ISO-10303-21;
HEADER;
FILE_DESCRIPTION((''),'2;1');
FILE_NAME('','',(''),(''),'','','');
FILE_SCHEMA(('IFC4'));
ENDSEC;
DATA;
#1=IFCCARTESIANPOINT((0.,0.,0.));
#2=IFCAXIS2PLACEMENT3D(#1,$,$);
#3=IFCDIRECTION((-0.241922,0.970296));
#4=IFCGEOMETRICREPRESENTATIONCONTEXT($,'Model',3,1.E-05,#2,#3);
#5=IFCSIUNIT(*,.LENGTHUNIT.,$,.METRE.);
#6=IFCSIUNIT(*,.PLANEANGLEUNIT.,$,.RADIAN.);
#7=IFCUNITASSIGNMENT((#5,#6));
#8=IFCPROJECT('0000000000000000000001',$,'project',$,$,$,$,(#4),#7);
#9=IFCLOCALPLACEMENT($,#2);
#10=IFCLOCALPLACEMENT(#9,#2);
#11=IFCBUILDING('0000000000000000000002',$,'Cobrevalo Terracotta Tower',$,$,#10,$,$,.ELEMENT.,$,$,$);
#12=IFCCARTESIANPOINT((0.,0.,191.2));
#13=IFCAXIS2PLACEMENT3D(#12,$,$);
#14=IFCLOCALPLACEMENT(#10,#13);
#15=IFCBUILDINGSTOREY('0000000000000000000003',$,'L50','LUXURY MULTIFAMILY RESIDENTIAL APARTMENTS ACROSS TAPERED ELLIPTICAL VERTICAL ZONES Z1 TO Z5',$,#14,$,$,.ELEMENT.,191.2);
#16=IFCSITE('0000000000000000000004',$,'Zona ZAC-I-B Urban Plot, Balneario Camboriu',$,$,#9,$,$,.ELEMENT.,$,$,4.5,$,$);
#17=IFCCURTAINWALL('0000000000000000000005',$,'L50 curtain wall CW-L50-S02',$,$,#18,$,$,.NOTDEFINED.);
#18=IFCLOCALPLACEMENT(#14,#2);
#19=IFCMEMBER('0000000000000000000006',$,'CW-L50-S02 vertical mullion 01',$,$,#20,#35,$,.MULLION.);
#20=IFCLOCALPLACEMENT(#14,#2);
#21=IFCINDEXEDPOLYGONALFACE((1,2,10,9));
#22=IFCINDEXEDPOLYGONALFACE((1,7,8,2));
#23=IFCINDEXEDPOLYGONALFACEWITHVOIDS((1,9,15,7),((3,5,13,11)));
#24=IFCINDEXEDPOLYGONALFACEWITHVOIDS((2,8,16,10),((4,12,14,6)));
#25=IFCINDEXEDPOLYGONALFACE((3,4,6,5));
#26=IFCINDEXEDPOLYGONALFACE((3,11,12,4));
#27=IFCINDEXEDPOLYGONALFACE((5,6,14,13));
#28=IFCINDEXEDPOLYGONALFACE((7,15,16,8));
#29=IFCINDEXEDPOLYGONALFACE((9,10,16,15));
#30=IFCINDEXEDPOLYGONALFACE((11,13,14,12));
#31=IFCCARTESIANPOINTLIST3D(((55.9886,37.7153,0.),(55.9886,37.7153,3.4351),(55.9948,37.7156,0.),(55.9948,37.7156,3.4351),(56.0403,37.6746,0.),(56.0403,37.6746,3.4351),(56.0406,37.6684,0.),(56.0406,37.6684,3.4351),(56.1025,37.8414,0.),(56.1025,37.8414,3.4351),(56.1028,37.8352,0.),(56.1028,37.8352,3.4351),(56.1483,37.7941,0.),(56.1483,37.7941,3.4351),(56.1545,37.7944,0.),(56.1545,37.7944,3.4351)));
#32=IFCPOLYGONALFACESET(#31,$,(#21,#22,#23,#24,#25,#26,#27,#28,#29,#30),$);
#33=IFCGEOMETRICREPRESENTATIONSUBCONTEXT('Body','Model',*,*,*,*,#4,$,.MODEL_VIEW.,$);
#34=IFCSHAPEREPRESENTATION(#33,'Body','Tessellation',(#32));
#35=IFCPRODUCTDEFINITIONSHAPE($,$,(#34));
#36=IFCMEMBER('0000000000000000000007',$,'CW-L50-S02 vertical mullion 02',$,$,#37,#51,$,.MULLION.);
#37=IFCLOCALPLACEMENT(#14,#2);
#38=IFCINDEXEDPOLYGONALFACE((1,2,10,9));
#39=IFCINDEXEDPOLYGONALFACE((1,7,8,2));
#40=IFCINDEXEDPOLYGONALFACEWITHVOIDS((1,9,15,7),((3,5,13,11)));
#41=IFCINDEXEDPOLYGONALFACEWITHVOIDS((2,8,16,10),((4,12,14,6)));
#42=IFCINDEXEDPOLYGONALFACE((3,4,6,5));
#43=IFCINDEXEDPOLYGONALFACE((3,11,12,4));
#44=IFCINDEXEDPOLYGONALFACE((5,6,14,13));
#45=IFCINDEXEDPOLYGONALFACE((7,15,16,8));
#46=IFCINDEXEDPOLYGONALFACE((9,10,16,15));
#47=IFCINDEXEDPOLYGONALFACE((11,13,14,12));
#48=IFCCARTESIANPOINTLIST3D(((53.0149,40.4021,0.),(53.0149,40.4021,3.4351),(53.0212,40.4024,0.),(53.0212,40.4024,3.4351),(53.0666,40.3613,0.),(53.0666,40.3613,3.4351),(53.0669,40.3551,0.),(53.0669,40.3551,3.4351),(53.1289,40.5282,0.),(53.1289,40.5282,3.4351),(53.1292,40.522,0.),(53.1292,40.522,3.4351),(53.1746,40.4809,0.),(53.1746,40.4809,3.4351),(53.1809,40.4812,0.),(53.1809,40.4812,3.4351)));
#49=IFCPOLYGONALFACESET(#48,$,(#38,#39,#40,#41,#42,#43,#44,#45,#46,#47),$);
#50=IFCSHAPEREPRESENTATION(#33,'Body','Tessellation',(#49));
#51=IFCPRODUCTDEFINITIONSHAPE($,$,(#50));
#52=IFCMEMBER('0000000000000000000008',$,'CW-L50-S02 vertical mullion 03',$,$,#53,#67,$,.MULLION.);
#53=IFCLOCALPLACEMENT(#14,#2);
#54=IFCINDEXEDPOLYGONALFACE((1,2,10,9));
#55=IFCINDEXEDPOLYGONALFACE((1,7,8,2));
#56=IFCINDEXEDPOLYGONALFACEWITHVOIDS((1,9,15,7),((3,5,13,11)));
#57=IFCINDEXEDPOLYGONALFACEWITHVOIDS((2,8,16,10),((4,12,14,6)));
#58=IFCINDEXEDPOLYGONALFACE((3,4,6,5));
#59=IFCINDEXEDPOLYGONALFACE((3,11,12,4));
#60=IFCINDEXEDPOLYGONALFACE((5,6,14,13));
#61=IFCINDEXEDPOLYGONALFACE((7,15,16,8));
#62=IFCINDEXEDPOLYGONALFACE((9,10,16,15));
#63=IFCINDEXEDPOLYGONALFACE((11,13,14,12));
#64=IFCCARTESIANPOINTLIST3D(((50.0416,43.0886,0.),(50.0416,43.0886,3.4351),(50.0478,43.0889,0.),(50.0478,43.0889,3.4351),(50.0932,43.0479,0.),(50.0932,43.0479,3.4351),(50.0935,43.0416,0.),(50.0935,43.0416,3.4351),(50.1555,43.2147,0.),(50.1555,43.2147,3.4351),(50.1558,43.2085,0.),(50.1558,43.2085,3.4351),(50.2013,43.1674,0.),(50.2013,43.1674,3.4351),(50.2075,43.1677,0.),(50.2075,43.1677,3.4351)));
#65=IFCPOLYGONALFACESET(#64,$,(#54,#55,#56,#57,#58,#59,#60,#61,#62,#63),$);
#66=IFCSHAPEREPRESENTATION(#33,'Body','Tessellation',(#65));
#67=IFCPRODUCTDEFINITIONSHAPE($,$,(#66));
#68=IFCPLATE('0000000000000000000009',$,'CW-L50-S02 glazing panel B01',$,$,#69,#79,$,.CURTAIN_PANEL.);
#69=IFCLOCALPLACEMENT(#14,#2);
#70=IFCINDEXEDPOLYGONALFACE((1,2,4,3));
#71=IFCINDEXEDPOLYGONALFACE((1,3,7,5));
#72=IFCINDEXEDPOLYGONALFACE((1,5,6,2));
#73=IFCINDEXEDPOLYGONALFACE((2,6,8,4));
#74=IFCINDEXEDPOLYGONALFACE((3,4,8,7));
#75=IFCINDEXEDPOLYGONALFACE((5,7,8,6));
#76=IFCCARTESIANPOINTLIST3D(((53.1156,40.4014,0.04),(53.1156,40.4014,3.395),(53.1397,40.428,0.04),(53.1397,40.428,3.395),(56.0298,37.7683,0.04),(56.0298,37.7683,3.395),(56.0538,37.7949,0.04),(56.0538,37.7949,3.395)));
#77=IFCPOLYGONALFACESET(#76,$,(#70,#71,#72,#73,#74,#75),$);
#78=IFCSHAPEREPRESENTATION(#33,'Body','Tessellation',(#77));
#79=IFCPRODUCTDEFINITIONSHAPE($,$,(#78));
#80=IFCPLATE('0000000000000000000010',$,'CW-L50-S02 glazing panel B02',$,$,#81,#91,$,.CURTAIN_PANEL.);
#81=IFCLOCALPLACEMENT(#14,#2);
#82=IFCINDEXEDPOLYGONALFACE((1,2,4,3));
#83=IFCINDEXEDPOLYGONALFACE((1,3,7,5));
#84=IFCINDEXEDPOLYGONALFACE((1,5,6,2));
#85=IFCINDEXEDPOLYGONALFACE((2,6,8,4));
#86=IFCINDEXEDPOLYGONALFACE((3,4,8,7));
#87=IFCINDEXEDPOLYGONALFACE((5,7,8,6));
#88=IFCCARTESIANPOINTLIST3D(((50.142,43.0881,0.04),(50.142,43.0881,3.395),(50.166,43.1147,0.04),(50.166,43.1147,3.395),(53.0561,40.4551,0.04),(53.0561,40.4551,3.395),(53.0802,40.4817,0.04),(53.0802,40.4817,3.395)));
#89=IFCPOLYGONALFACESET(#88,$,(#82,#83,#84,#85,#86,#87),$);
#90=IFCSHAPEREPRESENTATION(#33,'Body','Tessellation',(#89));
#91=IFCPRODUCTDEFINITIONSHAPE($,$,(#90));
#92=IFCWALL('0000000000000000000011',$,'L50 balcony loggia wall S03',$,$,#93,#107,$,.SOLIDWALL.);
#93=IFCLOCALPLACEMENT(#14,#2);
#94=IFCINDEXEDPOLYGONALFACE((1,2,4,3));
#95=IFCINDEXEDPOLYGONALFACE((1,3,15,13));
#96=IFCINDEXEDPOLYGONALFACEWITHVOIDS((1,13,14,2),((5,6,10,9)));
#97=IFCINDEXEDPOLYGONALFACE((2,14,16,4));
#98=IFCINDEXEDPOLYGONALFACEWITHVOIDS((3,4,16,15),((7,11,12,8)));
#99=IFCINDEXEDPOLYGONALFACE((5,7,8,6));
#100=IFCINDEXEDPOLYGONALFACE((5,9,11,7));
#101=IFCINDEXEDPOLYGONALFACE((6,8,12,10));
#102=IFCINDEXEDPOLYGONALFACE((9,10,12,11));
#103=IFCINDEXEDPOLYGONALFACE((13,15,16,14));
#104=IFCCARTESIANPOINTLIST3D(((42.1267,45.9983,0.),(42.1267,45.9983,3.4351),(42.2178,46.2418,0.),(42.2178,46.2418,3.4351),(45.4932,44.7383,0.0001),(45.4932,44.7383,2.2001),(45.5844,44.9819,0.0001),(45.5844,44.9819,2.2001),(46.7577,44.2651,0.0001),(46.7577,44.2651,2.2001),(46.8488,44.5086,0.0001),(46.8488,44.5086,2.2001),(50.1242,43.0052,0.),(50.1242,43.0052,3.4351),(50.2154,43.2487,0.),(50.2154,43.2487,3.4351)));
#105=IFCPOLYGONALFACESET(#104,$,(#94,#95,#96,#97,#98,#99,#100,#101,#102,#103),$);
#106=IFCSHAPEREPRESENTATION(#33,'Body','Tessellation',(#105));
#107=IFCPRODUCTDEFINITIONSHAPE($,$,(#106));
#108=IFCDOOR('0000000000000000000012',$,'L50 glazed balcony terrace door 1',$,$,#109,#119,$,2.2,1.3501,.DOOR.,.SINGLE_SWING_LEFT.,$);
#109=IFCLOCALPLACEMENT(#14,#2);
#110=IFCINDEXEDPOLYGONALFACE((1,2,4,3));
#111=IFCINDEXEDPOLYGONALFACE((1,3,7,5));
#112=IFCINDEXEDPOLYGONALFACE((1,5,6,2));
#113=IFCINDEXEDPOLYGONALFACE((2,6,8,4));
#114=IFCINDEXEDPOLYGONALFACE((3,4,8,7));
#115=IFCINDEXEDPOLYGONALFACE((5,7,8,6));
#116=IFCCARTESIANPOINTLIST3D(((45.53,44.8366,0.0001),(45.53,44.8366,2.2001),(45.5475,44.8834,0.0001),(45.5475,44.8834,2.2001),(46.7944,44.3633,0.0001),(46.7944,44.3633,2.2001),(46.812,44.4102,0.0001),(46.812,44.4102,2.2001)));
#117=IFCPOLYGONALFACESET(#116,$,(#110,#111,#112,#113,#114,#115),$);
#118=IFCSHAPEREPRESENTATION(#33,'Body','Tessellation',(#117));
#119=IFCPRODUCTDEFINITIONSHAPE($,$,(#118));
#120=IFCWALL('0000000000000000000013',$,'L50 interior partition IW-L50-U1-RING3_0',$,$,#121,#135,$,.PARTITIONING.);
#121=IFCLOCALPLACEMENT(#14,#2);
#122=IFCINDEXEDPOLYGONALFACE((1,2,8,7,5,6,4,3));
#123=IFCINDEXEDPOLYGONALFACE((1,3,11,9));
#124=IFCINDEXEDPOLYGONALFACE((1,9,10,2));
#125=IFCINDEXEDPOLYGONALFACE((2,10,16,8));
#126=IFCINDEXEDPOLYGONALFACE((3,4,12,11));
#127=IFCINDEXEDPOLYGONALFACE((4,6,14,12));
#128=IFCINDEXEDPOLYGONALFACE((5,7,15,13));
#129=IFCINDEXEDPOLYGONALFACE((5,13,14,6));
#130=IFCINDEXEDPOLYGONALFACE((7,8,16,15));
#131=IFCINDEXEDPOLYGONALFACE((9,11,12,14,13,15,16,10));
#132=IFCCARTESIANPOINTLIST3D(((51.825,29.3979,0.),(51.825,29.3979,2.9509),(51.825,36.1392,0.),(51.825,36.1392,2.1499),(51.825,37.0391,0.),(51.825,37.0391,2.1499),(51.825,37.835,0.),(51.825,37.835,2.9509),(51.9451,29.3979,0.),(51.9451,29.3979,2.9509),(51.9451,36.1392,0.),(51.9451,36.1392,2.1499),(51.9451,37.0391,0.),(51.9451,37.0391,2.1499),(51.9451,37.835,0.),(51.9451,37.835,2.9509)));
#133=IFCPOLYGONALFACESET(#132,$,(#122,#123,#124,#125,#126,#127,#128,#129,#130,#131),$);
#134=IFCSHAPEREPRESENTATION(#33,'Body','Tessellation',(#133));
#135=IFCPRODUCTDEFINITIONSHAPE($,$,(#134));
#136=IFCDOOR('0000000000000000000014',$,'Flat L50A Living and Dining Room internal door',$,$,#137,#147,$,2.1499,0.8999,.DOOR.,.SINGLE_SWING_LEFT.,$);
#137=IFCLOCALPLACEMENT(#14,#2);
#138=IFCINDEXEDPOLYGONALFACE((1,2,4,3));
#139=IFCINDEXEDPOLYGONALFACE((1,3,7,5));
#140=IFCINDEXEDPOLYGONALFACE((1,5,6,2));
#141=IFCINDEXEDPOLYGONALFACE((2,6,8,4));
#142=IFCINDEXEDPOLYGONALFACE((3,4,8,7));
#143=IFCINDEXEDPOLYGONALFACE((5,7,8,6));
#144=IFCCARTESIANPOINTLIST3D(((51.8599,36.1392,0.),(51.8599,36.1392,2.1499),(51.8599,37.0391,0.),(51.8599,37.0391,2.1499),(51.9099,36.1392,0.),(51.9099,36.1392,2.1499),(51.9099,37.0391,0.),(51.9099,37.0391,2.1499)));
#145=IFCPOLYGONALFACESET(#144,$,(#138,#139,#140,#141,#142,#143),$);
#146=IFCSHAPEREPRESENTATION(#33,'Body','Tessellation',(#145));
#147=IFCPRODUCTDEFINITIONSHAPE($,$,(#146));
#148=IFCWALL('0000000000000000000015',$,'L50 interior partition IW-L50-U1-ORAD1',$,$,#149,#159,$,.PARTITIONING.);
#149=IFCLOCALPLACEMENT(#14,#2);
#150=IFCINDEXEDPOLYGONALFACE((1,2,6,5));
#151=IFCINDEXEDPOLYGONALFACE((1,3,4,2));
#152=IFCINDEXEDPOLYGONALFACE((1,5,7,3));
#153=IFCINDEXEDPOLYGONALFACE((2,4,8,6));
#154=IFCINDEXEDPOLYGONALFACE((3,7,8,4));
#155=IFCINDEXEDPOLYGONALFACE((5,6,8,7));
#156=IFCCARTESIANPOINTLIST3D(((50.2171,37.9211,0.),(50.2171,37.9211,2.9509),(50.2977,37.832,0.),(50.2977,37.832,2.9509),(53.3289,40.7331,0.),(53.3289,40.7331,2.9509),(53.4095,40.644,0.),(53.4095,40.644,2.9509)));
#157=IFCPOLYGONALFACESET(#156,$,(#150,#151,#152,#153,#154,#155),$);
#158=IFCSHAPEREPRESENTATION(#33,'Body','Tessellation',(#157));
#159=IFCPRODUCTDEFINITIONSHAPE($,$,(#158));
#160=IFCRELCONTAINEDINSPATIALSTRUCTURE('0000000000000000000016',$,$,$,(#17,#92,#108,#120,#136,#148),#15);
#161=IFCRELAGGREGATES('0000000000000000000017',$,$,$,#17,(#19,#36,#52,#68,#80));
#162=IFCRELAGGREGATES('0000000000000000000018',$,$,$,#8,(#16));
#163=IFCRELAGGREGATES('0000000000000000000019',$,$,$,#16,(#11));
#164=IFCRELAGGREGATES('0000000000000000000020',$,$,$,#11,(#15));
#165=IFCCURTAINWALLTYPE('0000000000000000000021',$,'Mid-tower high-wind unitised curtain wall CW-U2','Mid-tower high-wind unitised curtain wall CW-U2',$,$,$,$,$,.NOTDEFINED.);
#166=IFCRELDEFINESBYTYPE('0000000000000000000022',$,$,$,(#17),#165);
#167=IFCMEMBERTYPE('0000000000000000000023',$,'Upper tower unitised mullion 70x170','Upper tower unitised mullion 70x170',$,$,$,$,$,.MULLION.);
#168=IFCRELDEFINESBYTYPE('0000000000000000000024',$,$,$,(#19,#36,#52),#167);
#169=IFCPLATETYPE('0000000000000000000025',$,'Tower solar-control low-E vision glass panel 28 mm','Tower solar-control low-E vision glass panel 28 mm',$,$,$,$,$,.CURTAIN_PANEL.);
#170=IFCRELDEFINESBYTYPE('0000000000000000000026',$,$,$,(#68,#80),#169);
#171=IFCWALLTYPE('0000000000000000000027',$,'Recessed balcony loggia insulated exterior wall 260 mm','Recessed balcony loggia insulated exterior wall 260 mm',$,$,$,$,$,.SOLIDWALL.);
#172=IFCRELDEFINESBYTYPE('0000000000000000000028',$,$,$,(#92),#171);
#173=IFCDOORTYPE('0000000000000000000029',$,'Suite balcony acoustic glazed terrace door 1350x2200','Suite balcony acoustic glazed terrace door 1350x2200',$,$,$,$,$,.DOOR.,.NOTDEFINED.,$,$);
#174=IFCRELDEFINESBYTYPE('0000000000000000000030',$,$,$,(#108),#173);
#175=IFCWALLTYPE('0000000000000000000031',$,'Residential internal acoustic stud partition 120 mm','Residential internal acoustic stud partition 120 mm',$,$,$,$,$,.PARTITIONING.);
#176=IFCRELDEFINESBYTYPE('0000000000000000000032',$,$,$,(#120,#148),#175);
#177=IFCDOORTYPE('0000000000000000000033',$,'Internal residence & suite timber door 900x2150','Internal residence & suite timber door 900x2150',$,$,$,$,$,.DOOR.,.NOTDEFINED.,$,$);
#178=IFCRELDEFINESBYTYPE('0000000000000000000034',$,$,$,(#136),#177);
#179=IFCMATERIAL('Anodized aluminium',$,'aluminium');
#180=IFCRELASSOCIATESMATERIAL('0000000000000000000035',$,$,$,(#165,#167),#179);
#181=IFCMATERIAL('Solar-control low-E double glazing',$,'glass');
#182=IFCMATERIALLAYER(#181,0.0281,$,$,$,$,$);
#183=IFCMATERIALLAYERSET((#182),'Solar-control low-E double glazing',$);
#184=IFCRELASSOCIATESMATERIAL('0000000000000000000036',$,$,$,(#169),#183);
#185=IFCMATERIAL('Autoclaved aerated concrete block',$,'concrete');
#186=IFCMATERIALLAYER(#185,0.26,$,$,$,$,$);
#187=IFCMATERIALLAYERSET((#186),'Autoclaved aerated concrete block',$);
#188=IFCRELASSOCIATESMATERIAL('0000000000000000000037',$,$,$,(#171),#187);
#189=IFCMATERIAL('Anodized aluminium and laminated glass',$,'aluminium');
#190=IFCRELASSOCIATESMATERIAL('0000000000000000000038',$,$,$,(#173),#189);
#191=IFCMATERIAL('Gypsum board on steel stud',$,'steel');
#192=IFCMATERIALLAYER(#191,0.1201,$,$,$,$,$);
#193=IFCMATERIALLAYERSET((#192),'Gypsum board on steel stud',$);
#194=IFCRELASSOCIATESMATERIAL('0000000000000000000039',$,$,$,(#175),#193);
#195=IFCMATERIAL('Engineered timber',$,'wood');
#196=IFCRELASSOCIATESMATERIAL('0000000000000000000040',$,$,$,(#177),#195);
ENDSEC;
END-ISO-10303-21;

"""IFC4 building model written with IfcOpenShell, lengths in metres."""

from ifc_helpers import new_model, si_unit, direction, frame, frame_2d, origin, origin_2d, place, context, subcontext, project, spatial, rectangle, hollow_rectangle, extrude, source, transform, mapped, material, layer, layer_set, material_profile, profile_set, type_object, element, fill, aggregate, save


model = new_model("IFC4")

# Units and contexts
model_context = context("Model", 3, precision=1e-05, world=origin(), true_north=direction((-0.241922, 0.970296)))
body_context = subcontext(model_context, "Body", "Model", "MODEL_VIEW")
ifc_project = project(units=[si_unit("LENGTHUNIT", "METRE"), si_unit("PLANEANGLEUNIT", "RADIAN")], contexts=[model_context])

# Site, building, storey
site_placement = place(None, origin())
site = spatial("IfcSite", under=ifc_project, at=site_placement, Name="Zona ZAC-I-B Urban Plot, Balneario Camboriu", CompositionType="ELEMENT", RefElevation=4.5)
building_placement = place(site_placement, origin())
building = spatial("IfcBuilding", under=site, at=building_placement, Name="Cobrevalo Terracotta Tower", CompositionType="ELEMENT")
storey_placement = place(building_placement, frame((0.0, 0.0, 191.2)))
storey = spatial("IfcBuildingStorey", under=building, at=storey_placement, Name="L50", Description="LUXURY MULTIFAMILY RESIDENTIAL APARTMENTS ACROSS TAPERED ELLIPTICAL VERTICAL ZONES Z1 TO Z5", CompositionType="ELEMENT", Elevation=191.2)

# Curtain wall, members, plates
ifc_material_1 = material(Name="Anodized aluminium", Category="aluminium")
curtain_wall_type = type_object("IfcCurtainWallType", Name="Mid-tower high-wind unitised curtain wall CW-U2", Description="Mid-tower high-wind unitised curtain wall CW-U2", PredefinedType="NOTDEFINED", material=ifc_material_1)
curtain_wall_placement = place(storey_placement, origin())
curtain_wall = element("IfcCurtainWall", 1, at=curtain_wall_placement, inside=storey, type_object=curtain_wall_type, Name="L50 curtain wall CW-L50-S02", PredefinedType="NOTDEFINED")
ifc_material_profile_1 = material_profile(ifc_material_1, hollow_rectangle(XDim=0.0701, YDim=0.1699, WallThickness=0.0044, at=origin_2d()), Name="CWM 70x170")
ifc_profile_set_1 = profile_set([ifc_material_profile_1], Name="Anodized aluminium")
member_type_1 = type_object("IfcMemberType", Name="Upper tower unitised mullion 70x170", Description="Upper tower unitised mullion 70x170", PredefinedType="MULLION", material=ifc_profile_set_1)
shared_shape_1 = source(origin(), body_context, "Body", "SweptSolid", [
    extrude(hollow_rectangle(XDim=0.0701, YDim=0.1699, WallThickness=0.0044, at=origin_2d()), origin(), (0.0, 0.0, 1.0), 3.4351),
])
member_1_placement = place(storey_placement, frame((56.0715, 37.7549, 0.0), z_axis=(0.0, 0.0, 1.0), x_axis=(-0.741988, 0.670414, 0.0)))
member_1 = element("IfcMember", 2, at=member_1_placement, type_object=member_type_1, Name="CW-L50-S02 vertical mullion 01", PredefinedType="MULLION", context=body_context, shape_type="MappedRepresentation", body=[
    mapped(shared_shape_1, transform((0.0, 0.0, 0.0), scale=1.0)),
])
member_2_placement = place(storey_placement, frame((53.0979, 40.4417, 0.0), z_axis=(0.0, 0.0, 1.0), x_axis=(-0.741988, 0.670414, 0.0)))
member_2 = element("IfcMember", 3, at=member_2_placement, type_object=member_type_1, Name="CW-L50-S02 vertical mullion 02", PredefinedType="MULLION", context=body_context, shape_type="MappedRepresentation", body=[
    mapped(shared_shape_1, transform((0.0, 0.0, 0.0), scale=1.0)),
])
member_3_placement = place(storey_placement, frame((50.1245, 43.1282, 0.0), z_axis=(0.0, 0.0, 1.0), x_axis=(-0.741988, 0.670414, 0.0)))
member_3 = element("IfcMember", 4, at=member_3_placement, type_object=member_type_1, Name="CW-L50-S02 vertical mullion 03", PredefinedType="MULLION", context=body_context, shape_type="MappedRepresentation", body=[
    mapped(shared_shape_1, transform((0.0, 0.0, 0.0), scale=1.0)),
])
ifc_material_2 = material(Name="Solar-control low-E double glazing", Category="glass")
ifc_layer_1 = layer(ifc_material_2, 0.0281)
ifc_layer_set_1 = layer_set([ifc_layer_1], Name="Solar-control low-E double glazing")
plate_type = type_object("IfcPlateType", Name="Tower solar-control low-E vision glass panel 28 mm", Description="Tower solar-control low-E vision glass panel 28 mm", PredefinedType="CURTAIN_PANEL", material=ifc_layer_set_1)
shared_shape_2 = source(origin(), body_context, "Body", "SweptSolid", [
    extrude(rectangle(XDim=3.9275, YDim=0.0359, at=origin_2d()), origin(), (0.0, 0.0, 1.0), 3.355),
])
plate_1_placement = place(storey_placement, frame((54.5847, 39.0981, 0.04), z_axis=(0.0, 0.0, 1.0), x_axis=(-0.741988, 0.670414, 0.0)))
plate_1 = element("IfcPlate", 5, at=plate_1_placement, type_object=plate_type, Name="CW-L50-S02 glazing panel B01", PredefinedType="CURTAIN_PANEL", context=body_context, shape_type="MappedRepresentation", body=[
    mapped(shared_shape_2, transform((0.0, 0.0, 0.0), scale=1.0)),
])
plate_2_placement = place(storey_placement, frame((51.6111, 41.7849, 0.04), z_axis=(0.0, 0.0, 1.0), x_axis=(-0.741988, 0.670414, 0.0)))
plate_2 = element("IfcPlate", 6, at=plate_2_placement, type_object=plate_type, Name="CW-L50-S02 glazing panel B02", PredefinedType="CURTAIN_PANEL", context=body_context, shape_type="MappedRepresentation", body=[
    mapped(shared_shape_2, transform((0.0, 0.0, 0.0), scale=1.0)),
])
aggregate(curtain_wall, [member_1, member_2, member_3, plate_1, plate_2])

# Walls, openings, doors
ifc_material_3 = material(Name="Autoclaved aerated concrete block", Category="concrete")
ifc_layer_2 = layer(ifc_material_3, 0.26)
ifc_layer_set_2 = layer_set([ifc_layer_2], Name="Autoclaved aerated concrete block")
wall_type_1 = type_object("IfcWallType", Name="Recessed balcony loggia insulated exterior wall 260 mm", Description="Recessed balcony loggia insulated exterior wall 260 mm", PredefinedType="SOLIDWALL", material=ifc_layer_set_2)
wall_1_placement = place(storey_placement, frame((50.1697, 43.127, 0.0), z_axis=(0.0, 0.0, 1.0), x_axis=(-0.936557, 0.350516, 0.0)))
wall_1 = element("IfcWall", 7, at=wall_1_placement, inside=storey, type_object=wall_type_1, Name="L50 balcony loggia wall S03", PredefinedType="SOLIDWALL", context=body_context, shape_type="SweptSolid", body=[
    extrude(rectangle(XDim=8.5393, YDim=0.26, at=frame_2d((4.2695, 0.0))), origin(), (0.0, 0.0, 1.0), 3.4351),
])
opening_1_placement = place(wall_1_placement, frame((3.5945, 0.0, 0.0)))
opening_1 = element("IfcOpeningElement", 8, at=opening_1_placement, cuts=wall_1, PredefinedType="OPENING", context=body_context, shape_type="SweptSolid", body=[
    extrude(rectangle(XDim=1.3501, YDim=2.2, at=frame_2d((0.675, 1.1001))), frame((0.0, 0.1401, 0.0), z_axis=(0.0, -1.0, 0.0), x_axis=(1.0, 0.0, 0.0)), (0.0, 0.0, 1.0), 0.28),
])
ifc_material_4 = material(Name="Anodized aluminium and laminated glass", Category="aluminium")
door_type_1 = type_object("IfcDoorType", Name="Suite balcony acoustic glazed terrace door 1350x2200", Description="Suite balcony acoustic glazed terrace door 1350x2200", OperationType="NOTDEFINED", PredefinedType="DOOR", material=ifc_material_4)
shared_shape_3 = source(origin(), body_context, "Body", "SweptSolid", [
    extrude(rectangle(XDim=1.3501, YDim=2.2, at=frame_2d((0.675, 1.1001))), frame((0.0, 0.0249, 0.0), z_axis=(0.0, -1.0, 0.0), x_axis=(1.0, 0.0, 0.0)), (0.0, 0.0, 1.0), 0.05),
])
door_1_placement = place(opening_1_placement, frame((1.3501, 0.0, 0.0), z_axis=(0.0, 0.0, 1.0), x_axis=(-1.0, 0.0, 0.0)))
door_1 = element("IfcDoor", 9, at=door_1_placement, inside=storey, type_object=door_type_1, Name="L50 glazed balcony terrace door 1", OperationType="SINGLE_SWING_LEFT", OverallHeight=2.2, OverallWidth=1.3501, PredefinedType="DOOR", context=body_context, shape_type="MappedRepresentation", body=[
    mapped(shared_shape_3, transform((0.0, 0.0, 0.0), scale=1.0)),
])
fill(opening_1, door_1)
ifc_material_5 = material(Name="Gypsum board on steel stud", Category="steel")
ifc_layer_3 = layer(ifc_material_5, 0.1201)
ifc_layer_set_3 = layer_set([ifc_layer_3], Name="Gypsum board on steel stud")
wall_type_2 = type_object("IfcWallType", Name="Residential internal acoustic stud partition 120 mm", Description="Residential internal acoustic stud partition 120 mm", PredefinedType="PARTITIONING", material=ifc_layer_set_3)
wall_2_placement = place(storey_placement, frame((51.885, 37.835, 0.0), z_axis=(0.0, 0.0, 1.0), x_axis=(0.0, -1.0, 0.0)))
wall_2 = element("IfcWall", 10, at=wall_2_placement, inside=storey, type_object=wall_type_2, Name="L50 interior partition IW-L50-U1-RING3_0", PredefinedType="PARTITIONING", context=body_context, shape_type="SweptSolid", body=[
    extrude(rectangle(XDim=8.437, YDim=0.1201, at=frame_2d((4.2185, 0.0))), origin(), (0.0, 0.0, 1.0), 2.9509),
])
opening_2_placement = place(wall_2_placement, frame((0.7959, 0.0, 0.0)))
opening_2 = element("IfcOpeningElement", 11, at=opening_2_placement, cuts=wall_2, PredefinedType="OPENING", context=body_context, shape_type="SweptSolid", body=[
    extrude(rectangle(XDim=0.8999, YDim=2.1499, at=frame_2d((0.45, 1.075))), frame((0.0, 0.0701, 0.0), z_axis=(0.0, -1.0, 0.0), x_axis=(1.0, 0.0, 0.0)), (0.0, 0.0, 1.0), 0.1401),
])
ifc_material_6 = material(Name="Engineered timber", Category="wood")
door_type_2 = type_object("IfcDoorType", Name="Internal residence & suite timber door 900x2150", Description="Internal residence & suite timber door 900x2150", OperationType="NOTDEFINED", PredefinedType="DOOR", material=ifc_material_6)
shared_shape_4 = source(origin(), body_context, "Body", "SweptSolid", [
    extrude(rectangle(XDim=0.8999, YDim=2.1499, at=frame_2d((0.45, 1.075))), frame((0.0, 0.0249, 0.0), z_axis=(0.0, -1.0, 0.0), x_axis=(1.0, 0.0, 0.0)), (0.0, 0.0, 1.0), 0.05),
])
door_2_placement = place(opening_2_placement, origin())
door_2 = element("IfcDoor", 12, at=door_2_placement, inside=storey, type_object=door_type_2, Name="Flat L50A Living and Dining Room internal door", OperationType="SINGLE_SWING_LEFT", OverallHeight=2.1499, OverallWidth=0.8999, PredefinedType="DOOR", context=body_context, shape_type="MappedRepresentation", body=[
    mapped(shared_shape_4, transform((0.0, 0.0, 0.0), scale=1.0)),
])
fill(opening_2, door_2)

# Wall
wall_3_placement = place(storey_placement, frame((50.2573, 37.8765, 0.0), z_axis=(0.0, 0.0, 1.0), x_axis=(0.741944, 0.670462, 0.0)))
element("IfcWall", 13, at=wall_3_placement, inside=storey, type_object=wall_type_2, Name="L50 interior partition IW-L50-U1-ORAD1", PredefinedType="PARTITIONING", context=body_context, shape_type="SweptSolid", body=[
    extrude(rectangle(XDim=4.1941, YDim=0.1201, at=frame_2d((2.0972, 0.0))), origin(), (0.0, 0.0, 1.0), 2.9509),
])

save(model, "model.ifc")
